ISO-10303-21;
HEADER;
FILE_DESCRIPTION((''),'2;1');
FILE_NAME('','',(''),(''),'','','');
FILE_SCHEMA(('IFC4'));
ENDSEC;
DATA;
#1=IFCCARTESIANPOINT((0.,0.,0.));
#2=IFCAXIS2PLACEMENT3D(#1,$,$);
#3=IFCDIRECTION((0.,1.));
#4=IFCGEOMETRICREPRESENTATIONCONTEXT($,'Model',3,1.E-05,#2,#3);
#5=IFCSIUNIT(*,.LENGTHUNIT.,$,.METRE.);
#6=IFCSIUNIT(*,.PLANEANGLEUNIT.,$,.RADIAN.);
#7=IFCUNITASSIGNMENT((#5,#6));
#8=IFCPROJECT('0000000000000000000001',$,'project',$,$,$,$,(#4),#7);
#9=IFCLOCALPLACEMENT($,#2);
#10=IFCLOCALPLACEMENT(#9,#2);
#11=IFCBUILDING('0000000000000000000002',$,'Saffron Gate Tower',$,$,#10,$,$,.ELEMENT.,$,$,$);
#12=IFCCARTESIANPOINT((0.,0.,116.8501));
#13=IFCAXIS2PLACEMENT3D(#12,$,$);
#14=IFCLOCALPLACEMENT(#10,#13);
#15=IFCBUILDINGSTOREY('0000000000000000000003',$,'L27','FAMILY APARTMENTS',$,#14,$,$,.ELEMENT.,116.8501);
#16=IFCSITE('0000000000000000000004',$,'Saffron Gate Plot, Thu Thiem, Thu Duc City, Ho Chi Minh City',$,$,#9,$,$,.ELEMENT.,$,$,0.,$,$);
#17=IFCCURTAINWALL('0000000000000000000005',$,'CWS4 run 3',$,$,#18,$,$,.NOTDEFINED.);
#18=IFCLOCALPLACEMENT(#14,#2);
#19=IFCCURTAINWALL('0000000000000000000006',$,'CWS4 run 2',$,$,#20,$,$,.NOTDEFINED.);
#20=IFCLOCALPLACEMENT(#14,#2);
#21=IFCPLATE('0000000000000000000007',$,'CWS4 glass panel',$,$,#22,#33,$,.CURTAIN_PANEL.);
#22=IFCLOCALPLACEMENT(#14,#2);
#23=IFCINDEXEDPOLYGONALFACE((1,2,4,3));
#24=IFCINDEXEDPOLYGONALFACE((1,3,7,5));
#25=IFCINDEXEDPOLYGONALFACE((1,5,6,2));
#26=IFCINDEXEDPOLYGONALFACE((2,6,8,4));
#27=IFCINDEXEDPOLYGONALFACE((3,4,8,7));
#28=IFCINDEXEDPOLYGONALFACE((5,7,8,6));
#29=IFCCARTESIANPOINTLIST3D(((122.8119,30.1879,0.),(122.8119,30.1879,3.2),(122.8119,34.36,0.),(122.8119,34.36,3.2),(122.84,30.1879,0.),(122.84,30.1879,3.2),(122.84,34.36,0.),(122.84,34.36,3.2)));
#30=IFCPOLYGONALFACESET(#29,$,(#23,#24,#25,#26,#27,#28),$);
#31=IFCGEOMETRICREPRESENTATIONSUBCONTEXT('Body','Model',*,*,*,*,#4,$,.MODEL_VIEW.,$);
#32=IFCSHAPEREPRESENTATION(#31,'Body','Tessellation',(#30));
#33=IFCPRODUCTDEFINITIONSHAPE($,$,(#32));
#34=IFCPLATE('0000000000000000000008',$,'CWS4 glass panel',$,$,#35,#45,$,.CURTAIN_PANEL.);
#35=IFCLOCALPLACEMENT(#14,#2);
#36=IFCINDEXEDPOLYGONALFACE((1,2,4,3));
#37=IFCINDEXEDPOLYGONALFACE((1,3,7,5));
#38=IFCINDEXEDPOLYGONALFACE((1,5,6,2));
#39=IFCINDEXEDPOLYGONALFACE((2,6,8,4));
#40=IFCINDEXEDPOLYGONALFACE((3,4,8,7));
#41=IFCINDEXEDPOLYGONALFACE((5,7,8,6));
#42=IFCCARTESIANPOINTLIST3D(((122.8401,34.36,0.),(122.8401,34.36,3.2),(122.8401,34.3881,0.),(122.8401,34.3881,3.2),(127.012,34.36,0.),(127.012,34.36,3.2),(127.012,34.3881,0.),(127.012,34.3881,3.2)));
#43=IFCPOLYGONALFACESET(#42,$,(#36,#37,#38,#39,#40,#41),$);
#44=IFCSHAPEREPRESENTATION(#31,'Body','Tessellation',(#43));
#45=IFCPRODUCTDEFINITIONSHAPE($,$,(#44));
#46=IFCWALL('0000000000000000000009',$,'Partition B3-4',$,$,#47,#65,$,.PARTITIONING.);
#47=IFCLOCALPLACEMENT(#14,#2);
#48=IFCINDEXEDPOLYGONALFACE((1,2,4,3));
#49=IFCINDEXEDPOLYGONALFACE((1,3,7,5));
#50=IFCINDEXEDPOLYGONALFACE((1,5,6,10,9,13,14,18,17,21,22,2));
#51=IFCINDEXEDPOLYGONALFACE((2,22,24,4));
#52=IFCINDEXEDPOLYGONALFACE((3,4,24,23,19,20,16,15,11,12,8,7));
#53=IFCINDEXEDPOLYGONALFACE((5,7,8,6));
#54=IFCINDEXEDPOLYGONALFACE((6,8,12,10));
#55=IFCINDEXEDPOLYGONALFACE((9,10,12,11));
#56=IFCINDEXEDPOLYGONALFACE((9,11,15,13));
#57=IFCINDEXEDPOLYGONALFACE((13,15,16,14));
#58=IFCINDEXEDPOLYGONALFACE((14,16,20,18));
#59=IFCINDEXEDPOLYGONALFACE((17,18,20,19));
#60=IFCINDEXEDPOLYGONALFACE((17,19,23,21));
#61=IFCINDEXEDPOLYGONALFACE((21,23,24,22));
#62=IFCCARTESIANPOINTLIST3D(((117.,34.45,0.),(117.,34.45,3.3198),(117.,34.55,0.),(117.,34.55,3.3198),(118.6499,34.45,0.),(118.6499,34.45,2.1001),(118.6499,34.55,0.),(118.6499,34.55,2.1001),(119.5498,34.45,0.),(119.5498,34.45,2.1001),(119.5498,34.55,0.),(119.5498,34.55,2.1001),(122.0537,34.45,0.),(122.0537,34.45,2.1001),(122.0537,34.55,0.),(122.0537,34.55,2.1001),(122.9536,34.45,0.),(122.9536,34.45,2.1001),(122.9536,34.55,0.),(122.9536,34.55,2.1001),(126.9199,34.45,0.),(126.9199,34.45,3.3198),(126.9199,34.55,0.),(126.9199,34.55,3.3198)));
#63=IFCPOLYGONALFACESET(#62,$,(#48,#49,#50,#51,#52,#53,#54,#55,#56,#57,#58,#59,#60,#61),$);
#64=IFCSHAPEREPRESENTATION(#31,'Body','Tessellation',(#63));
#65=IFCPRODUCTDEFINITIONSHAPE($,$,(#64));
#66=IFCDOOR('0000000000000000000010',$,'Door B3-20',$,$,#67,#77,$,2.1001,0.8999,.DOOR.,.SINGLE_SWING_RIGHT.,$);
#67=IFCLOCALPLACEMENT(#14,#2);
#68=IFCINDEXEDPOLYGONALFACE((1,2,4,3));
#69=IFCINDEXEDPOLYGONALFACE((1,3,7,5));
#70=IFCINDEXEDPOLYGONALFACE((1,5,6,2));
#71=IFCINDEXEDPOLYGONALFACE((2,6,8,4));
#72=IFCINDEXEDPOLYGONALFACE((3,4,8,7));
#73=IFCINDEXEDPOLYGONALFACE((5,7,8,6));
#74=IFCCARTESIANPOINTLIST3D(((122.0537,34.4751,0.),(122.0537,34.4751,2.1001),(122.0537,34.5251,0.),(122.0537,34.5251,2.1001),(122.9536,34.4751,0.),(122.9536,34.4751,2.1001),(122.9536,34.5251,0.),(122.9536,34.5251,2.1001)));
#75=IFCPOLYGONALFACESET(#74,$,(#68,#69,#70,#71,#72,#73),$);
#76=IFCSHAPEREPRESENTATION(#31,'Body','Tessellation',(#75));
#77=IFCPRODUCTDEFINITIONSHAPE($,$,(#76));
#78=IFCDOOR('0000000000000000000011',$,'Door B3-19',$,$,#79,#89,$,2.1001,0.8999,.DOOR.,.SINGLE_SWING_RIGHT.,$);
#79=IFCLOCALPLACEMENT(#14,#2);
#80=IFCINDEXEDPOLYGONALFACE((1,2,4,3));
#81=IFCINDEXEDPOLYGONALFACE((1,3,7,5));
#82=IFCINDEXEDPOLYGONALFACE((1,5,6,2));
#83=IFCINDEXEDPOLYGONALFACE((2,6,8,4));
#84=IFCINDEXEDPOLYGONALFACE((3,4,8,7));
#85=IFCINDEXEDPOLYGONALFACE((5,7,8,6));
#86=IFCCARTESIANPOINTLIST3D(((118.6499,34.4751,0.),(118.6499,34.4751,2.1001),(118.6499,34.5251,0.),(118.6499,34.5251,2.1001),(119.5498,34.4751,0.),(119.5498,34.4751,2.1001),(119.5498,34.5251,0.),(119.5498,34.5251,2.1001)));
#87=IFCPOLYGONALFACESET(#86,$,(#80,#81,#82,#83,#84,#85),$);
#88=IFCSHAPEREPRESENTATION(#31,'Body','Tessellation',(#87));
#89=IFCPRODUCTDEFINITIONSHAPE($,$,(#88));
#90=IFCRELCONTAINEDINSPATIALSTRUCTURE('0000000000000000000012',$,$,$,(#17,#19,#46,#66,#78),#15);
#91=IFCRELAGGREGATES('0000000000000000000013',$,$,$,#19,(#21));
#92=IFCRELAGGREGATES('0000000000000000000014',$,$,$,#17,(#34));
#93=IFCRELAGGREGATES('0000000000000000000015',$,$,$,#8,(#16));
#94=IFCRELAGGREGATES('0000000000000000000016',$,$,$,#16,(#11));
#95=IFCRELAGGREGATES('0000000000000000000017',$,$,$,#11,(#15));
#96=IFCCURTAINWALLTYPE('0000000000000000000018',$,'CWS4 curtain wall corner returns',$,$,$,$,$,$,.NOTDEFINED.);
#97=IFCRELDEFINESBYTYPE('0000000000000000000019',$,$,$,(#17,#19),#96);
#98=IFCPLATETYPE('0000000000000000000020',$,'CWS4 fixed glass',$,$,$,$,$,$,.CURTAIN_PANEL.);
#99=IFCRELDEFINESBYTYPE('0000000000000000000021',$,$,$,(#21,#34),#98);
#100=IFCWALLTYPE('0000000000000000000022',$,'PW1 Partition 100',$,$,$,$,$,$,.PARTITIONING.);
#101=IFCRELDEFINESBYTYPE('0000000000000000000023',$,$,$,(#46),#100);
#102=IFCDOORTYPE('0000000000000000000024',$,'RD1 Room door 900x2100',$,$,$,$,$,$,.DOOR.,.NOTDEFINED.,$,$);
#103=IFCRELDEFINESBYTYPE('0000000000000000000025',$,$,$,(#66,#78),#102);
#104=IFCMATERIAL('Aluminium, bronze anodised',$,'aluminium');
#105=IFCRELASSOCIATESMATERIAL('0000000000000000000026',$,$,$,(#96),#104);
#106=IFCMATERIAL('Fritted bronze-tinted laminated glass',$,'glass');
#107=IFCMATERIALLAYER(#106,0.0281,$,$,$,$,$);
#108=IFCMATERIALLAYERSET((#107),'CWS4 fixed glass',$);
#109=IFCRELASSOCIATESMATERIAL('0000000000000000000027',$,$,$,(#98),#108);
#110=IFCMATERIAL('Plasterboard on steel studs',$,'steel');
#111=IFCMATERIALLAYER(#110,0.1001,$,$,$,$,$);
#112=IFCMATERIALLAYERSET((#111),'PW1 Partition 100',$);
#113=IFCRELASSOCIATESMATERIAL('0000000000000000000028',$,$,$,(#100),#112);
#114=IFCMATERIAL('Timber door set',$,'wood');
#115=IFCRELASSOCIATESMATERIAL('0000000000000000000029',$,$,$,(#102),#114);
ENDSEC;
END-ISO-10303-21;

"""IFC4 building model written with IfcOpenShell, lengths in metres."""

from ifc_helpers import new_model, si_unit, direction, frame, frame_2d, origin, place, context, subcontext, project, spatial, rectangle, extrude, material, layer, layer_set, type_object, element, fill, aggregate, save


model = new_model("IFC4")

# Units and contexts
model_context = context("Model", 3, precision=1e-05, world=origin(), true_north=direction((0.0, 1.0)))
body_context = subcontext(model_context, "Body", "Model", "MODEL_VIEW")
ifc_project = project(units=[si_unit("LENGTHUNIT", "METRE"), si_unit("PLANEANGLEUNIT", "RADIAN")], contexts=[model_context])

# Site, building, storey
site_placement = place(None, origin())
site = spatial("IfcSite", under=ifc_project, at=site_placement, Name="Saffron Gate Plot, Thu Thiem, Thu Duc City, Ho Chi Minh City", CompositionType="ELEMENT", RefElevation=0.0)
building_placement = place(site_placement, origin())
building = spatial("IfcBuilding", under=site, at=building_placement, Name="Saffron Gate Tower", CompositionType="ELEMENT")
storey_placement = place(building_placement, frame((0.0, 0.0, 116.8501)))
storey = spatial("IfcBuildingStorey", under=building, at=storey_placement, Name="L27", Description="FAMILY APARTMENTS", CompositionType="ELEMENT", Elevation=116.8501)

# Shared definitions
ifc_material_1 = material(Name="Aluminium, bronze anodised", Category="aluminium")

# Curtain wall
curtain_wall_type_1 = type_object("IfcCurtainWallType", Name="CWS4 curtain wall corner returns", PredefinedType="NOTDEFINED", material=ifc_material_1)
curtain_wall_1_placement = place(storey_placement, origin())
curtain_wall_1 = element("IfcCurtainWall", 1, at=curtain_wall_1_placement, inside=storey, type_object=curtain_wall_type_1, Name="CWS4 run 3", PredefinedType="NOTDEFINED")

# Curtain wall
curtain_wall_2_placement = place(storey_placement, origin())
curtain_wall_2 = element("IfcCurtainWall", 2, at=curtain_wall_2_placement, inside=storey, type_object=curtain_wall_type_1, Name="CWS4 run 2", PredefinedType="NOTDEFINED")

# Shared definitions
ifc_material_2 = material(Name="Fritted bronze-tinted laminated glass", Category="glass")

# Plates
ifc_layer_1 = layer(ifc_material_2, 0.0281)
ifc_layer_set_1 = layer_set([ifc_layer_1], Name="CWS4 fixed glass")
plate_type_1 = type_object("IfcPlateType", Name="CWS4 fixed glass", PredefinedType="CURTAIN_PANEL", material=ifc_layer_set_1)
plate_1_placement = place(storey_placement, frame((122.8259, 30.188, 0.0), z_axis=(0.0, 0.0, 1.0), x_axis=(0.0, 1.0, 0.0)))
plate_1 = element("IfcPlate", 3, at=plate_1_placement, type_object=plate_type_1, Name="CWS4 glass panel", PredefinedType="CURTAIN_PANEL", context=body_context, shape_type="SweptSolid", body=[
    extrude(rectangle(XDim=4.1721, YDim=0.0281, at=frame_2d((2.0859, 0.0))), origin(), (0.0, 0.0, 1.0), 3.2),
])
aggregate(curtain_wall_2, [plate_1])
plate_2_placement = place(storey_placement, frame((122.8401, 34.374, 0.0), z_axis=(0.0, 0.0, 1.0), x_axis=(1.0, 0.0, 0.0)))
plate_2 = element("IfcPlate", 4, at=plate_2_placement, type_object=plate_type_1, Name="CWS4 glass panel", PredefinedType="CURTAIN_PANEL", context=body_context, shape_type="SweptSolid", body=[
    extrude(rectangle(XDim=4.1719, YDim=0.0281, at=frame_2d((2.0859, 0.0))), origin(), (0.0, 0.0, 1.0), 3.2),
])
aggregate(curtain_wall_1, [plate_2])

# Wall, openings, doors
ifc_material_3 = material(Name="Plasterboard on steel studs", Category="steel")
ifc_layer_2 = layer(ifc_material_3, 0.1001)
ifc_layer_set_2 = layer_set([ifc_layer_2], Name="PW1 Partition 100")
wall_type = type_object("IfcWallType", Name="PW1 Partition 100", PredefinedType="PARTITIONING", material=ifc_layer_set_2)
wall_placement = place(storey_placement, frame((126.9199, 34.5, 0.0), z_axis=(0.0, 0.0, 1.0), x_axis=(-1.0, 0.0, 0.0)))
wall = element("IfcWall", 5, at=wall_placement, inside=storey, type_object=wall_type, Name="Partition B3-4", PredefinedType="PARTITIONING", context=body_context, shape_type="SweptSolid", body=[
    extrude(rectangle(XDim=9.9199, YDim=0.1001, at=frame_2d((4.96, 0.0))), origin(), (0.0, 0.0, 1.0), 3.3198),
])
opening_1_placement = place(wall_placement, frame((3.9663, 0.0, 0.0)))
opening_1 = element("IfcOpeningElement", 6, at=opening_1_placement, cuts=wall, PredefinedType="OPENING", context=body_context, shape_type="SweptSolid", body=[
    extrude(rectangle(XDim=0.8999, YDim=2.1001, at=frame_2d((0.45, 1.05))), frame((0.0, 0.0601, 0.0), z_axis=(0.0, -1.0, 0.0), x_axis=(1.0, 0.0, 0.0)), (0.0, 0.0, 1.0), 0.1201),
])
opening_2_placement = place(wall_placement, frame((7.3701, 0.0, 0.0)))
opening_2 = element("IfcOpeningElement", 7, at=opening_2_placement, cuts=wall, PredefinedType="OPENING", context=body_context, shape_type="SweptSolid", body=[
    extrude(rectangle(XDim=0.8999, YDim=2.1001, at=frame_2d((0.45, 1.05))), frame((0.0, 0.0601, 0.0), z_axis=(0.0, -1.0, 0.0), x_axis=(1.0, 0.0, 0.0)), (0.0, 0.0, 1.0), 0.1201),
])
ifc_material_4 = material(Name="Timber door set", Category="wood")
door_type = type_object("IfcDoorType", Name="RD1 Room door 900x2100", OperationType="NOTDEFINED", PredefinedType="DOOR", material=ifc_material_4)
door_1_placement = place(opening_1_placement, origin())
door_1 = element("IfcDoor", 8, at=door_1_placement, inside=storey, type_object=door_type, Name="Door B3-20", OperationType="SINGLE_SWING_RIGHT", OverallHeight=2.1001, OverallWidth=0.8999, PredefinedType="DOOR", context=body_context, shape_type="SweptSolid", body=[
    extrude(rectangle(XDim=0.8999, YDim=2.1001, at=frame_2d((0.45, 1.05))), frame((0.0, 0.0249, 0.0), z_axis=(0.0, -1.0, 0.0), x_axis=(1.0, 0.0, 0.0)), (0.0, 0.0, 1.0), 0.05),
])
fill(opening_1, door_1)
door_2_placement = place(opening_2_placement, origin())
door_2 = element("IfcDoor", 9, at=door_2_placement, inside=storey, type_object=door_type, Name="Door B3-19", OperationType="SINGLE_SWING_RIGHT", OverallHeight=2.1001, OverallWidth=0.8999, PredefinedType="DOOR", context=body_context, shape_type="SweptSolid", body=[
    extrude(rectangle(XDim=0.8999, YDim=2.1001, at=frame_2d((0.45, 1.05))), frame((0.0, 0.0249, 0.0), z_axis=(0.0, -1.0, 0.0), x_axis=(1.0, 0.0, 0.0)), (0.0, 0.0, 1.0), 0.05),
])
fill(opening_2, door_2)

save(model, "model.ifc")
